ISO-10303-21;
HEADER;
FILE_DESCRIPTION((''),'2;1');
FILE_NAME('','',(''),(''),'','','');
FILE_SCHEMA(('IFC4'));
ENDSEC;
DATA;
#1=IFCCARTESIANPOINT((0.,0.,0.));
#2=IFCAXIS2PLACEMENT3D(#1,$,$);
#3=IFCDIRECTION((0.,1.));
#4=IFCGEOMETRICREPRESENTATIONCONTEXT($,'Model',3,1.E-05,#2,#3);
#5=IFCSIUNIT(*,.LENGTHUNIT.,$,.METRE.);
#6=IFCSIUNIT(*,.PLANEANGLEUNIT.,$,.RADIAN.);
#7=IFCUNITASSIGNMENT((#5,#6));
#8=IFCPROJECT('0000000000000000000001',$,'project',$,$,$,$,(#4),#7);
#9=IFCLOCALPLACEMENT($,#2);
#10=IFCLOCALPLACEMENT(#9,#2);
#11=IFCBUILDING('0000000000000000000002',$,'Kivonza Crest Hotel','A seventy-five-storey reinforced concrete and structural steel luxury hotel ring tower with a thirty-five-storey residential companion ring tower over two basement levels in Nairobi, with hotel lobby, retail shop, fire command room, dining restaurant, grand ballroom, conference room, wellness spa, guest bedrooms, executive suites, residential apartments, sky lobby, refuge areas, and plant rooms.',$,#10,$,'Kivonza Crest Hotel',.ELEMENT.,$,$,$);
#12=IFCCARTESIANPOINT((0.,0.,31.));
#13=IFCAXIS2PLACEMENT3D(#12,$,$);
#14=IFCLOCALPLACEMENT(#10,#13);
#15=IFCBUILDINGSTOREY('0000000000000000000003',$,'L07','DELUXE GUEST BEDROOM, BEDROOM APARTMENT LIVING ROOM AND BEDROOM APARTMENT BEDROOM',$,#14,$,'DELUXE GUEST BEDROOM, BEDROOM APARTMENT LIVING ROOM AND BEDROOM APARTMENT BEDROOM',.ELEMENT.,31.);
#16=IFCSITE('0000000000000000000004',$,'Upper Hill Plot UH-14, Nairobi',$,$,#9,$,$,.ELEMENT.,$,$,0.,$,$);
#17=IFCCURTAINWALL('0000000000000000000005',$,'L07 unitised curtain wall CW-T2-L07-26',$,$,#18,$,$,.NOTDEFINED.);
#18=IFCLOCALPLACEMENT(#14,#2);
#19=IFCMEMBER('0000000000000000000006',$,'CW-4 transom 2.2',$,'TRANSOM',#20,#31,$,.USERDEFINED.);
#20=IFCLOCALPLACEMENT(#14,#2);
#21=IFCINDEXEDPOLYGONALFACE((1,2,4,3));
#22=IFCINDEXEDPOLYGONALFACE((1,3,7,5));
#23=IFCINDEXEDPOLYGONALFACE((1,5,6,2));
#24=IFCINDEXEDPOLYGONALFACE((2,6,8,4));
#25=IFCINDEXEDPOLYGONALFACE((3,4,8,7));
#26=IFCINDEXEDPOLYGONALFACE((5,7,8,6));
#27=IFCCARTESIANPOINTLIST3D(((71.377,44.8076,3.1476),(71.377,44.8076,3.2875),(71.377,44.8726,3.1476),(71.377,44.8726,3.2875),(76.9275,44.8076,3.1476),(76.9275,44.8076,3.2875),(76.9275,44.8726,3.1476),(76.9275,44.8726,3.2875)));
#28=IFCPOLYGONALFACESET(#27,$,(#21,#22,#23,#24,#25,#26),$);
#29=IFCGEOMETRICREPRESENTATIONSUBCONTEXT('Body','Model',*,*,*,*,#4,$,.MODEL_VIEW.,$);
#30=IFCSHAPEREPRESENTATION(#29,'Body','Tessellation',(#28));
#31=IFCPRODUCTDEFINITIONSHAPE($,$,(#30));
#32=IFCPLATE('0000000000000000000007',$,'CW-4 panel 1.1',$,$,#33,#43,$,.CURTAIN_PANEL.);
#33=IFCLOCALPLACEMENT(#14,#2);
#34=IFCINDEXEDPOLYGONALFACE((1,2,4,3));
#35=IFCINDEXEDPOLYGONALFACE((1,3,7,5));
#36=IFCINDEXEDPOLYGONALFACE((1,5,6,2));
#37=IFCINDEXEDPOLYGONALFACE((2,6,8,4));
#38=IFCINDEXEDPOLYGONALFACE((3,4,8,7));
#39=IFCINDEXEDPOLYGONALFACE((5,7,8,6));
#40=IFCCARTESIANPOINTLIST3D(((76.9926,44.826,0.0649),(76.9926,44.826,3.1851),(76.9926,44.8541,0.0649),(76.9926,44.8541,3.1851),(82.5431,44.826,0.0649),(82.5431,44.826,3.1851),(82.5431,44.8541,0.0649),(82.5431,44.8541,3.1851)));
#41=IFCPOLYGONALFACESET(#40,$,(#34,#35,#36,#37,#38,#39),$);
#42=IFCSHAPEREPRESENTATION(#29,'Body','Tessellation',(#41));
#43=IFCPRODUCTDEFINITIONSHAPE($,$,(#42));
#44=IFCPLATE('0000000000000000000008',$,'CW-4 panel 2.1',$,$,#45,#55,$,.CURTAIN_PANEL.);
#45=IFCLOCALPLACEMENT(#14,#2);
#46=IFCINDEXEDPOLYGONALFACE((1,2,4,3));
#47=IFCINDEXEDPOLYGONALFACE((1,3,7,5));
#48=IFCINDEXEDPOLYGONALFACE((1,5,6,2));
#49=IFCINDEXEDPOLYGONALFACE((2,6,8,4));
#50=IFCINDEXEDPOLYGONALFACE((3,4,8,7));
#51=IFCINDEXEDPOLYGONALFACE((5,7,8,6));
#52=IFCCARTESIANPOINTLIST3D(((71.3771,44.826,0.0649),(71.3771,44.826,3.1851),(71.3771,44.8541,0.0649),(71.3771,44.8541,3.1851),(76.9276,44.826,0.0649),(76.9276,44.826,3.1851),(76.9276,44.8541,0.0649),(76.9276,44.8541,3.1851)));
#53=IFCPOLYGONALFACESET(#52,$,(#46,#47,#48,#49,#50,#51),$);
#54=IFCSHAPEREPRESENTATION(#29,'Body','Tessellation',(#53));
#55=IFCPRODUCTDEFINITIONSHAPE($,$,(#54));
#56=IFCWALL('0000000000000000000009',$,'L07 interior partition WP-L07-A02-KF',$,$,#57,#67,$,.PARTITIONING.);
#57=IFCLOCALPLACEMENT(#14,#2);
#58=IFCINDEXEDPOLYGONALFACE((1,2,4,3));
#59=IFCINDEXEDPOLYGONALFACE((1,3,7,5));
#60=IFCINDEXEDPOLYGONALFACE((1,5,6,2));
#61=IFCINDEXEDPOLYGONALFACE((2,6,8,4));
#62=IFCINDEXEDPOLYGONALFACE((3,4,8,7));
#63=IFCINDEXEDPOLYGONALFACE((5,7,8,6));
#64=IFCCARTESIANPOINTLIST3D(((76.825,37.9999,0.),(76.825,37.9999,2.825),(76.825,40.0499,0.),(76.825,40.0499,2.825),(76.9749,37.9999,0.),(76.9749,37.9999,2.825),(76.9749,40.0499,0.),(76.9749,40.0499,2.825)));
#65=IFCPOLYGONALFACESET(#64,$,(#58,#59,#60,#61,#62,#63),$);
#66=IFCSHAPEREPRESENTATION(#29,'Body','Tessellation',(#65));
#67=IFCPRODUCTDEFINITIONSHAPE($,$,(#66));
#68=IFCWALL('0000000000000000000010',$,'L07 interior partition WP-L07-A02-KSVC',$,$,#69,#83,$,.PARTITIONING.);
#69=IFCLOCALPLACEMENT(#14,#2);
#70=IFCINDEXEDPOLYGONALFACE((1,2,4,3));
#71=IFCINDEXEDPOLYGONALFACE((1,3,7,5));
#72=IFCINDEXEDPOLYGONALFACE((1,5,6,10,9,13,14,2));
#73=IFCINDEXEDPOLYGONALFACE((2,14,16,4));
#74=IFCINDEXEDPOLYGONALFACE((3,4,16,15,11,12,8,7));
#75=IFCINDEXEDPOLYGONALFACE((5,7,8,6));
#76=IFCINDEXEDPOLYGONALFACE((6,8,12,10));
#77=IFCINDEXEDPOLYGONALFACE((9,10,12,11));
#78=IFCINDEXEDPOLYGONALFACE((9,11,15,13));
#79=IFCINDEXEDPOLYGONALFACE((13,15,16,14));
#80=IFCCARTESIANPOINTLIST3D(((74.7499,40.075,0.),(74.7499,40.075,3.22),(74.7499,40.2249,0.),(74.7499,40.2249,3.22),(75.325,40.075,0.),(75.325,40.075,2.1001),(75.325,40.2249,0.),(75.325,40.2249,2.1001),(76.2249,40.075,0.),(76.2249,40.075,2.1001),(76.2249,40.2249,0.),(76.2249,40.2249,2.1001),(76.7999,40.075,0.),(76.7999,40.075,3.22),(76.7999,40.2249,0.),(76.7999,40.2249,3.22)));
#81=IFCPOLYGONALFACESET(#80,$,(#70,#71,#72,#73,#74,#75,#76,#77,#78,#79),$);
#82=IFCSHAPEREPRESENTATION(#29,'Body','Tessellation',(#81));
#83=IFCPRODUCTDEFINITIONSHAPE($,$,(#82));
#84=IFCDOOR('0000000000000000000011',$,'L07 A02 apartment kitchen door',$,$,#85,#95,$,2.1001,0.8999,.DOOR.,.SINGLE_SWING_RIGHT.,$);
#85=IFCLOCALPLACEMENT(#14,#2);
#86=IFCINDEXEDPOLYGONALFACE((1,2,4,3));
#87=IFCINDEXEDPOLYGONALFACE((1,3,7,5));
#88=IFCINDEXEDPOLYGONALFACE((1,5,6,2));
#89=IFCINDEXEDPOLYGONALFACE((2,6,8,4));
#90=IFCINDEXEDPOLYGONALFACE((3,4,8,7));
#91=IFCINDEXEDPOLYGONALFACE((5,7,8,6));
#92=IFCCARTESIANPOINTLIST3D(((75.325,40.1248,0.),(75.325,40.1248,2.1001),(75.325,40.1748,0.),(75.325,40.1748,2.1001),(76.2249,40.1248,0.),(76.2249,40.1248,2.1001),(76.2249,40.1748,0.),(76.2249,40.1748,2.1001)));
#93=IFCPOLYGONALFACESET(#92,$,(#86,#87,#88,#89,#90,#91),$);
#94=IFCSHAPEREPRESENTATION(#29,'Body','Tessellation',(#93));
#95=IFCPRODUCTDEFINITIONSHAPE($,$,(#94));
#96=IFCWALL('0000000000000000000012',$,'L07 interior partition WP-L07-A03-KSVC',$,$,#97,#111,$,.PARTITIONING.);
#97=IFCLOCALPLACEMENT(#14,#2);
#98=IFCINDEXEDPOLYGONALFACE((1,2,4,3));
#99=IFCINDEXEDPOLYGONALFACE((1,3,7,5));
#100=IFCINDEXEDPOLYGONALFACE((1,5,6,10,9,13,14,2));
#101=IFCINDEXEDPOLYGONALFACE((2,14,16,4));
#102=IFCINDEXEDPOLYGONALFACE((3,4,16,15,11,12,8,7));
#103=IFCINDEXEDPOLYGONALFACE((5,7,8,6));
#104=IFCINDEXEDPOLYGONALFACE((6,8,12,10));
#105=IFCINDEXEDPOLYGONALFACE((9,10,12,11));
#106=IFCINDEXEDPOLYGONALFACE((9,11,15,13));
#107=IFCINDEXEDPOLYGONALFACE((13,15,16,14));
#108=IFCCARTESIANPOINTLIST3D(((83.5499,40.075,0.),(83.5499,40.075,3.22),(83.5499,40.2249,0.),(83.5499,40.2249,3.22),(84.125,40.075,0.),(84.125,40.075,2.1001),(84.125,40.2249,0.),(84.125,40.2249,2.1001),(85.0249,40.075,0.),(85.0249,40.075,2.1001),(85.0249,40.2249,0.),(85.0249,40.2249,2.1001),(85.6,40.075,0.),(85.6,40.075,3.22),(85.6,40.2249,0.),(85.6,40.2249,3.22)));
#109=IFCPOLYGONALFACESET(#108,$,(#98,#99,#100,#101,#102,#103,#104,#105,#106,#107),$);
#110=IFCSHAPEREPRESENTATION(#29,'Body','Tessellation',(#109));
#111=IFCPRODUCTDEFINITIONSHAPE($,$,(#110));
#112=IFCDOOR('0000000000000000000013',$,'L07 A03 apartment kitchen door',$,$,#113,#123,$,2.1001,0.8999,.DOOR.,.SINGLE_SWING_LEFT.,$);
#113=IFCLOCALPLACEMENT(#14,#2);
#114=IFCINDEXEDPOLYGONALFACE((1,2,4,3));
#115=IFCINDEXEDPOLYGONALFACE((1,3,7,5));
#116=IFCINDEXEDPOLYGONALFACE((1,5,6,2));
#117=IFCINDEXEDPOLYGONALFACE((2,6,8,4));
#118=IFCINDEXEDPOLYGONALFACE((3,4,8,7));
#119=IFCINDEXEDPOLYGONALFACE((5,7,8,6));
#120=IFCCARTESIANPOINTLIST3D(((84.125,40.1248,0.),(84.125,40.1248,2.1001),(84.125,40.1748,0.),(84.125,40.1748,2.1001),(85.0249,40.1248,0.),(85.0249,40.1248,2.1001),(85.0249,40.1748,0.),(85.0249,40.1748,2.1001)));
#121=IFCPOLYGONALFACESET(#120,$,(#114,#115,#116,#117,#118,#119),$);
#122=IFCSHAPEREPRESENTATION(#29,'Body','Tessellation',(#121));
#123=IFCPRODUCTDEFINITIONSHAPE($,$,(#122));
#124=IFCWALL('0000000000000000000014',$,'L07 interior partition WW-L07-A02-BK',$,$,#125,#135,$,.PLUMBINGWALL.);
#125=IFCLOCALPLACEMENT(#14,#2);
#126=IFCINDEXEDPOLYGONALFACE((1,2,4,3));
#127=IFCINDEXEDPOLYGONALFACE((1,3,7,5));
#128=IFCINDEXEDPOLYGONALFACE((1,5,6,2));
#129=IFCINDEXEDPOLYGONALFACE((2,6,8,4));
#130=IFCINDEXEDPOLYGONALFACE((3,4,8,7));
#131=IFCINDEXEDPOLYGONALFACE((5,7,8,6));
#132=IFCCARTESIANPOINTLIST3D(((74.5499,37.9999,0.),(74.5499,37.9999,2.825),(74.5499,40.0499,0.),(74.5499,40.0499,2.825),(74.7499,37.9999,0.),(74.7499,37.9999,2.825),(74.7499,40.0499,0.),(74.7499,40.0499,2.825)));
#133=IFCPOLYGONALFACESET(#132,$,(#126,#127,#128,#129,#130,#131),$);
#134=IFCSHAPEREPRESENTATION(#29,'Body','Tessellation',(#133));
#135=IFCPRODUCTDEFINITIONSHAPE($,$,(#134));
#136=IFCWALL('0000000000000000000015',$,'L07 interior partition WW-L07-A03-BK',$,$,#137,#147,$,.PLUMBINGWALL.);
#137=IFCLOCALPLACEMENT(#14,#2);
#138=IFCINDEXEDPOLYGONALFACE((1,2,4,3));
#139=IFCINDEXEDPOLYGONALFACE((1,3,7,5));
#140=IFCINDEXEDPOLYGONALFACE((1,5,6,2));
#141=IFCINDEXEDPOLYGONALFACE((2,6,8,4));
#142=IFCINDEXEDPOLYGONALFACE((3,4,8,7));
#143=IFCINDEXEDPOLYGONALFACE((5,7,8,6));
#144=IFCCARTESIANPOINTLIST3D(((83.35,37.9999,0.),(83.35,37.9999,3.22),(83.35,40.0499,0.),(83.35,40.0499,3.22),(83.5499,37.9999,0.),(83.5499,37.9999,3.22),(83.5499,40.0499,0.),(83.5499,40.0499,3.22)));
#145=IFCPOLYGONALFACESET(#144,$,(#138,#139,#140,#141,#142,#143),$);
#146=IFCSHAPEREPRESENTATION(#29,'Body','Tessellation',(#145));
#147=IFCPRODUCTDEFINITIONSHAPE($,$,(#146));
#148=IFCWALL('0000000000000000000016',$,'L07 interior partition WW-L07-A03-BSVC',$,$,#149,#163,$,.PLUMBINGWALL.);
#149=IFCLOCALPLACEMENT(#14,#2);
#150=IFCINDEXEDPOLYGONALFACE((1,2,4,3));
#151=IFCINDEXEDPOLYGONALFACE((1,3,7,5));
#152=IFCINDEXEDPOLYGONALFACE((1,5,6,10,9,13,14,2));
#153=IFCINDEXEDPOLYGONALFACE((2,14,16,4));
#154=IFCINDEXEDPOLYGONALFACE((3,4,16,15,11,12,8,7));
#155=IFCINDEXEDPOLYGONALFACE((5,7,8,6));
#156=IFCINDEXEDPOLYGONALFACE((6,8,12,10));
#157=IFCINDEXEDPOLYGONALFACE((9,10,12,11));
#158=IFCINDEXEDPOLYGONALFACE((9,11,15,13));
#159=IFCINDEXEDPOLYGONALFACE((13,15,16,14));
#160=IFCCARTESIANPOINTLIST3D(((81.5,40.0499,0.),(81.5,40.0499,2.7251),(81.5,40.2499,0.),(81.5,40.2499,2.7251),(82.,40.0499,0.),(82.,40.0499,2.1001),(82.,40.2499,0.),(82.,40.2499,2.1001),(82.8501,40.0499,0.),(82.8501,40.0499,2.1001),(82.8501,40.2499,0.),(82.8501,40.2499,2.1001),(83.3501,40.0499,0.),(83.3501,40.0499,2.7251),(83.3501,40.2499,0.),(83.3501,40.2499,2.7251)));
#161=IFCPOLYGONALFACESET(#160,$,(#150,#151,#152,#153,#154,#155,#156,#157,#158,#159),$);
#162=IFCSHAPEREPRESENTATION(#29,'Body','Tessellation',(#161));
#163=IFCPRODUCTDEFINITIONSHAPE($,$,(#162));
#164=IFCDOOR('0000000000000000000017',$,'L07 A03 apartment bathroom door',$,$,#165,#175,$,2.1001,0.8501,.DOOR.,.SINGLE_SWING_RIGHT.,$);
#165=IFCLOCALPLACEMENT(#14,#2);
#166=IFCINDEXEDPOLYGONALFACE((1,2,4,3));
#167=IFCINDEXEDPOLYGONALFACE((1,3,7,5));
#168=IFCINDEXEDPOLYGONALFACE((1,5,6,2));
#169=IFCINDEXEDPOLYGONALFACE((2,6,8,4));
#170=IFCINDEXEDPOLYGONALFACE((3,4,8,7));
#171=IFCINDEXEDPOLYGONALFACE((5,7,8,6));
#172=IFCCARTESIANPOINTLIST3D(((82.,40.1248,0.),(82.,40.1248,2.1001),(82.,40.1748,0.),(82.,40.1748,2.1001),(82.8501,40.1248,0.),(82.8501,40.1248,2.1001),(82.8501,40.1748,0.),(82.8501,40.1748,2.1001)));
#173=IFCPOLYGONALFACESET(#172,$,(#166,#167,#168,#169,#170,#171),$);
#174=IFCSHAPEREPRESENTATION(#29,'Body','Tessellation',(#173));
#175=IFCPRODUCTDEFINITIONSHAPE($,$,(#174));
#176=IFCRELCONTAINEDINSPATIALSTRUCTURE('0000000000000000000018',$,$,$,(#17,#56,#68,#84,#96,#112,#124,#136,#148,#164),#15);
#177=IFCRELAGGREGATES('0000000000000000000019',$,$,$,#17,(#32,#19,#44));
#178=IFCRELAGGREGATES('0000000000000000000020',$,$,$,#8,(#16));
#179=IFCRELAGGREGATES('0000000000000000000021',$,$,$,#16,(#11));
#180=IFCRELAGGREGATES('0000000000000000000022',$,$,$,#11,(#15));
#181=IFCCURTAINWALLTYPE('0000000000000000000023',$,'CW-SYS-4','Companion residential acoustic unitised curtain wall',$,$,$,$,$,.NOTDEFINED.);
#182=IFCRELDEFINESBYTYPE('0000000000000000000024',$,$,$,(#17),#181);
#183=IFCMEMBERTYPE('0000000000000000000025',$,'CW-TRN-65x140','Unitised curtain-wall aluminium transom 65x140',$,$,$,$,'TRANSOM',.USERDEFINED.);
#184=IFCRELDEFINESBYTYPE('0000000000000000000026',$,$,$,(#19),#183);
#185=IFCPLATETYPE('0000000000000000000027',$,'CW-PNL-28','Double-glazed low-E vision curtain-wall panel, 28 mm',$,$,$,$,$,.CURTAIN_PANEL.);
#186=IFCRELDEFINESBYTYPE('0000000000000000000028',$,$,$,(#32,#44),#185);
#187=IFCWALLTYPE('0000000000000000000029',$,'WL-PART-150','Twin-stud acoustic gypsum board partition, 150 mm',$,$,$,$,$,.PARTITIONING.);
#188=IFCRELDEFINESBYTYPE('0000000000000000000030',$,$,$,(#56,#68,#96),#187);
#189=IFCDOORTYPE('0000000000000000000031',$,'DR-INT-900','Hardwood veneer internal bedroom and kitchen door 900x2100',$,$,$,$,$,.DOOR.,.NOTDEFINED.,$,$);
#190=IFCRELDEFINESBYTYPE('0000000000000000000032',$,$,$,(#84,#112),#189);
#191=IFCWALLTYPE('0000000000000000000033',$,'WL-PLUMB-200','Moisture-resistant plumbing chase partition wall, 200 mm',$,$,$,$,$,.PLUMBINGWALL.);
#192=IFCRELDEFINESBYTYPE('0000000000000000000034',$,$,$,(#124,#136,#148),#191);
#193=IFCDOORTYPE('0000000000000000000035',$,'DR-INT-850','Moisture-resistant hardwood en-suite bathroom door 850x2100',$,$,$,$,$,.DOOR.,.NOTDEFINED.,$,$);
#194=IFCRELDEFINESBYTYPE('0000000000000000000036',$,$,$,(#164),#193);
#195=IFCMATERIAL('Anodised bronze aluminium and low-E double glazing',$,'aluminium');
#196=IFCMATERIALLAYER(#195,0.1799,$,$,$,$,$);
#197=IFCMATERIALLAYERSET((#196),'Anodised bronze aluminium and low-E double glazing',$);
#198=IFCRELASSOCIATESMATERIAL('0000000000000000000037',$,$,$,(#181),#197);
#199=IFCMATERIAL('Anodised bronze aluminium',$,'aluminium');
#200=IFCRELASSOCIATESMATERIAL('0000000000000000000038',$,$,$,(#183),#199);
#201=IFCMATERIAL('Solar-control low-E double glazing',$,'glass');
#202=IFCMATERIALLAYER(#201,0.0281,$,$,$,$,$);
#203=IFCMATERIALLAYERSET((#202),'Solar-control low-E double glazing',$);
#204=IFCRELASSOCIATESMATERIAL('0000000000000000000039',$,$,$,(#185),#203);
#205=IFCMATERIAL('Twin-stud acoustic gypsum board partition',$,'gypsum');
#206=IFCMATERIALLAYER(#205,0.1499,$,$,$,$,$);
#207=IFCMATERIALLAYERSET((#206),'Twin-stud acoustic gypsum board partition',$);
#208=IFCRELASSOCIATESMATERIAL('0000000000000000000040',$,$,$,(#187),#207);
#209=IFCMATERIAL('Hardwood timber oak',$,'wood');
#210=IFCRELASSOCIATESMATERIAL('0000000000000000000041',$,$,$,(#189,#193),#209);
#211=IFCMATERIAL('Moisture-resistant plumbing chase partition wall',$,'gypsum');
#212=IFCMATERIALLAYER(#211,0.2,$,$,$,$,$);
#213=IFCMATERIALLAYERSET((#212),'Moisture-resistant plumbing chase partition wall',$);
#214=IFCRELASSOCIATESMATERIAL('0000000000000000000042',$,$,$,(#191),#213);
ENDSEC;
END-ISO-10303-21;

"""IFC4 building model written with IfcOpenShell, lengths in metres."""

from ifc_helpers import new_model, si_unit, direction, frame, frame_2d, origin, origin_2d, place, context, subcontext, project, spatial, rectangle, extrude, material, layer, layer_set, material_profile, profile_set, type_object, element, fill, aggregate, save


model = new_model("IFC4")

# Units and contexts
model_context = context("Model", 3, precision=1e-05, world=origin(), true_north=direction((0.0, 1.0)))
body_context = subcontext(model_context, "Body", "Model", "MODEL_VIEW")
ifc_project = project(units=[si_unit("LENGTHUNIT", "METRE"), si_unit("PLANEANGLEUNIT", "RADIAN")], contexts=[model_context])

# Site, building, storey
site_placement = place(None, origin())
site = spatial("IfcSite", under=ifc_project, at=site_placement, Name="Upper Hill Plot UH-14, Nairobi", CompositionType="ELEMENT", RefElevation=0.0)
building_placement = place(site_placement, origin())
building = spatial("IfcBuilding", under=site, at=building_placement, Name="Kivonza Crest Hotel", Description="A seventy-five-storey reinforced concrete and structural steel luxury hotel ring tower with a thirty-five-storey residential companion ring tower over two basement levels in Nairobi, with hotel lobby, retail shop, fire command room, dining restaurant, grand ballroom, conference room, wellness spa, guest bedrooms, executive suites, residential apartments, sky lobby, refuge areas, and plant rooms.", LongName="Kivonza Crest Hotel", CompositionType="ELEMENT")
storey_placement = place(building_placement, frame((0.0, 0.0, 31.0)))
storey = spatial("IfcBuildingStorey", under=building, at=storey_placement, Name="L07", Description="DELUXE GUEST BEDROOM, BEDROOM APARTMENT LIVING ROOM AND BEDROOM APARTMENT BEDROOM", LongName="DELUXE GUEST BEDROOM, BEDROOM APARTMENT LIVING ROOM AND BEDROOM APARTMENT BEDROOM", CompositionType="ELEMENT", Elevation=31.0)

# Curtain wall, member, plates
ifc_material_1 = material(Name="Anodised bronze aluminium and low-E double glazing", Category="aluminium")
ifc_layer_1 = layer(ifc_material_1, 0.1799)
ifc_layer_set_1 = layer_set([ifc_layer_1], Name="Anodised bronze aluminium and low-E double glazing")
curtain_wall_type = type_object("IfcCurtainWallType", Name="CW-SYS-4", Description="Companion residential acoustic unitised curtain wall", PredefinedType="NOTDEFINED", material=ifc_layer_set_1)
curtain_wall_placement = place(storey_placement, origin())
curtain_wall = element("IfcCurtainWall", 1, at=curtain_wall_placement, inside=storey, type_object=curtain_wall_type, Name="L07 unitised curtain wall CW-T2-L07-26", PredefinedType="NOTDEFINED")
ifc_material_2 = material(Name="Anodised bronze aluminium", Category="aluminium")
ifc_material_profile_1 = material_profile(ifc_material_2, rectangle(XDim=0.0649, YDim=0.1399, at=origin_2d()), Name="CW-T 65x140")
ifc_profile_set_1 = profile_set([ifc_material_profile_1], Name="Anodised bronze aluminium")
member_type_1 = type_object("IfcMemberType", Name="CW-TRN-65x140", Description="Unitised curtain-wall aluminium transom 65x140", ElementType="TRANSOM", PredefinedType="USERDEFINED", material=ifc_profile_set_1)
member_1_placement = place(storey_placement, frame((76.9275, 44.8401, 3.2175), z_axis=(-1.0, 0.0, 0.0), x_axis=(0.0, -1.0, 0.0)))
member_1 = element("IfcMember", 2, at=member_1_placement, type_object=member_type_1, Name="CW-4 transom 2.2", ObjectType="TRANSOM", PredefinedType="USERDEFINED", context=body_context, shape_type="SweptSolid", body=[
    extrude(rectangle(XDim=0.0649, YDim=0.1399, at=origin_2d()), origin(), (0.0, 0.0, 1.0), 5.5505),
])
ifc_material_3 = material(Name="Solar-control low-E double glazing", Category="glass")
ifc_layer_2 = layer(ifc_material_3, 0.0281)
ifc_layer_set_2 = layer_set([ifc_layer_2], Name="Solar-control low-E double glazing")
plate_type = type_object("IfcPlateType", Name="CW-PNL-28", Description="Double-glazed low-E vision curtain-wall panel, 28 mm", PredefinedType="CURTAIN_PANEL", material=ifc_layer_set_2)
plate_1_placement = place(storey_placement, frame((79.7678, 44.8401, 0.0649), z_axis=(0.0, 0.0, 1.0), x_axis=(-1.0, 0.0, 0.0)))
plate_1 = element("IfcPlate", 3, at=plate_1_placement, type_object=plate_type, Name="CW-4 panel 1.1", PredefinedType="CURTAIN_PANEL", context=body_context, shape_type="SweptSolid", body=[
    extrude(rectangle(XDim=5.5505, YDim=0.0281, at=origin_2d()), origin(), (0.0, 0.0, 1.0), 3.1201),
])
plate_2_placement = place(storey_placement, frame((74.1523, 44.8401, 0.0649), z_axis=(0.0, 0.0, 1.0), x_axis=(-1.0, 0.0, 0.0)))
plate_2 = element("IfcPlate", 4, at=plate_2_placement, type_object=plate_type, Name="CW-4 panel 2.1", PredefinedType="CURTAIN_PANEL", context=body_context, shape_type="SweptSolid", body=[
    extrude(rectangle(XDim=5.5505, YDim=0.0281, at=origin_2d()), origin(), (0.0, 0.0, 1.0), 3.1201),
])
aggregate(curtain_wall, [plate_1, member_1, plate_2])

# Wall
ifc_material_4 = material(Name="Twin-stud acoustic gypsum board partition", Category="gypsum")
ifc_layer_3 = layer(ifc_material_4, 0.1499)
ifc_layer_set_3 = layer_set([ifc_layer_3], Name="Twin-stud acoustic gypsum board partition")
wall_type_1 = type_object("IfcWallType", Name="WL-PART-150", Description="Twin-stud acoustic gypsum board partition, 150 mm", PredefinedType="PARTITIONING", material=ifc_layer_set_3)
wall_1_placement = place(storey_placement, frame((76.8999, 38.0, 0.0), z_axis=(0.0, 0.0, 1.0), x_axis=(0.0, 1.0, 0.0)))
element("IfcWall", 5, at=wall_1_placement, inside=storey, type_object=wall_type_1, Name="L07 interior partition WP-L07-A02-KF", PredefinedType="PARTITIONING", context=body_context, shape_type="SweptSolid", body=[
    extrude(rectangle(XDim=2.05, YDim=0.1499, at=frame_2d((1.0249, 0.0))), origin(), (0.0, 0.0, 1.0), 2.825),
])

# Walls, openings, doors
wall_2_placement = place(storey_placement, frame((74.75, 40.1499, 0.0), z_axis=(0.0, 0.0, 1.0), x_axis=(1.0, 0.0, 0.0)))
wall_2 = element("IfcWall", 6, at=wall_2_placement, inside=storey, type_object=wall_type_1, Name="L07 interior partition WP-L07-A02-KSVC", PredefinedType="PARTITIONING", context=body_context, shape_type="SweptSolid", body=[
    extrude(rectangle(XDim=2.05, YDim=0.1499, at=frame_2d((1.0249, 0.0))), origin(), (0.0, 0.0, 1.0), 3.22),
])
opening_1_placement = place(wall_2_placement, frame((0.575, 0.0, 0.0)))
opening_1 = element("IfcOpeningElement", 7, at=opening_1_placement, cuts=wall_2, PredefinedType="OPENING", context=body_context, shape_type="SweptSolid", body=[
    extrude(rectangle(XDim=0.8999, YDim=2.1001, at=frame_2d((0.45, 1.05))), frame((0.0, 0.085, 0.0), z_axis=(0.0, -1.0, 0.0), x_axis=(1.0, 0.0, 0.0)), (0.0, 0.0, 1.0), 0.1699),
])
ifc_material_5 = material(Name="Hardwood timber oak", Category="wood")
door_type_1 = type_object("IfcDoorType", Name="DR-INT-900", Description="Hardwood veneer internal bedroom and kitchen door 900x2100", OperationType="NOTDEFINED", PredefinedType="DOOR", material=ifc_material_5)
door_1_placement = place(opening_1_placement, origin())
door_1 = element("IfcDoor", 8, at=door_1_placement, inside=storey, type_object=door_type_1, Name="L07 A02 apartment kitchen door", OperationType="SINGLE_SWING_RIGHT", OverallHeight=2.1001, OverallWidth=0.8999, PredefinedType="DOOR", context=body_context, shape_type="SweptSolid", body=[
    extrude(rectangle(XDim=0.8999, YDim=2.1001, at=frame_2d((0.45, 1.05))), frame((0.0, 0.0249, 0.0), z_axis=(0.0, -1.0, 0.0), x_axis=(1.0, 0.0, 0.0)), (0.0, 0.0, 1.0), 0.05),
])
fill(opening_1, door_1)
wall_3_placement = place(storey_placement, frame((83.55, 40.1499, 0.0), z_axis=(0.0, 0.0, 1.0), x_axis=(1.0, 0.0, 0.0)))
wall_3 = element("IfcWall", 9, at=wall_3_placement, inside=storey, type_object=wall_type_1, Name="L07 interior partition WP-L07-A03-KSVC", PredefinedType="PARTITIONING", context=body_context, shape_type="SweptSolid", body=[
    extrude(rectangle(XDim=2.05, YDim=0.1499, at=frame_2d((1.0249, 0.0))), origin(), (0.0, 0.0, 1.0), 3.22),
])
opening_2_placement = place(wall_3_placement, frame((0.575, 0.0, 0.0)))
opening_2 = element("IfcOpeningElement", 10, at=opening_2_placement, cuts=wall_3, PredefinedType="OPENING", context=body_context, shape_type="SweptSolid", body=[
    extrude(rectangle(XDim=0.8999, YDim=2.1001, at=frame_2d((0.45, 1.05))), frame((0.0, 0.085, 0.0), z_axis=(0.0, -1.0, 0.0), x_axis=(1.0, 0.0, 0.0)), (0.0, 0.0, 1.0), 0.1699),
])
door_2_placement = place(opening_2_placement, origin())
door_2 = element("IfcDoor", 11, at=door_2_placement, inside=storey, type_object=door_type_1, Name="L07 A03 apartment kitchen door", OperationType="SINGLE_SWING_LEFT", OverallHeight=2.1001, OverallWidth=0.8999, PredefinedType="DOOR", context=body_context, shape_type="SweptSolid", body=[
    extrude(rectangle(XDim=0.8999, YDim=2.1001, at=frame_2d((0.45, 1.05))), frame((0.0, 0.0249, 0.0), z_axis=(0.0, -1.0, 0.0), x_axis=(1.0, 0.0, 0.0)), (0.0, 0.0, 1.0), 0.05),
])
fill(opening_2, door_2)

# Walls
ifc_material_6 = material(Name="Moisture-resistant plumbing chase partition wall", Category="gypsum")
ifc_layer_4 = layer(ifc_material_6, 0.2)
ifc_layer_set_4 = layer_set([ifc_layer_4], Name="Moisture-resistant plumbing chase partition wall")
wall_type_2 = type_object("IfcWallType", Name="WL-PLUMB-200", Description="Moisture-resistant plumbing chase partition wall, 200 mm", PredefinedType="PLUMBINGWALL", material=ifc_layer_set_4)
wall_4_placement = place(storey_placement, frame((74.6499, 38.0, 0.0), z_axis=(0.0, 0.0, 1.0), x_axis=(0.0, 1.0, 0.0)))
element("IfcWall", 12, at=wall_4_placement, inside=storey, type_object=wall_type_2, Name="L07 interior partition WW-L07-A02-BK", PredefinedType="PLUMBINGWALL", context=body_context, shape_type="SweptSolid", body=[
    extrude(rectangle(XDim=2.05, YDim=0.2, at=frame_2d((1.0249, 0.0))), origin(), (0.0, 0.0, 1.0), 2.825),
])
wall_5_placement = place(storey_placement, frame((83.45, 38.0, 0.0), z_axis=(0.0, 0.0, 1.0), x_axis=(0.0, 1.0, 0.0)))
element("IfcWall", 13, at=wall_5_placement, inside=storey, type_object=wall_type_2, Name="L07 interior partition WW-L07-A03-BK", PredefinedType="PLUMBINGWALL", context=body_context, shape_type="SweptSolid", body=[
    extrude(rectangle(XDim=2.05, YDim=0.2, at=frame_2d((1.0249, 0.0))), origin(), (0.0, 0.0, 1.0), 3.22),
])

# Wall, opening, door
wall_6_placement = place(storey_placement, frame((81.5, 40.1499, 0.0), z_axis=(0.0, 0.0, 1.0), x_axis=(1.0, 0.0, 0.0)))
wall_6 = element("IfcWall", 14, at=wall_6_placement, inside=storey, type_object=wall_type_2, Name="L07 interior partition WW-L07-A03-BSVC", PredefinedType="PLUMBINGWALL", context=body_context, shape_type="SweptSolid", body=[
    extrude(rectangle(XDim=1.8501, YDim=0.2, at=frame_2d((0.925, 0.0))), origin(), (0.0, 0.0, 1.0), 2.7251),
])
opening_3_placement = place(wall_6_placement, frame((0.5, 0.0, 0.0)))
opening_3 = element("IfcOpeningElement", 15, at=opening_3_placement, cuts=wall_6, PredefinedType="OPENING", context=body_context, shape_type="SweptSolid", body=[
    extrude(rectangle(XDim=0.8501, YDim=2.1001, at=frame_2d((0.425, 1.05))), frame((0.0, 0.1099, 0.0), z_axis=(0.0, -1.0, 0.0), x_axis=(1.0, 0.0, 0.0)), (0.0, 0.0, 1.0), 0.22),
])
door_type_2 = type_object("IfcDoorType", Name="DR-INT-850", Description="Moisture-resistant hardwood en-suite bathroom door 850x2100", OperationType="NOTDEFINED", PredefinedType="DOOR", material=ifc_material_5)
door_3_placement = place(opening_3_placement, origin())
door_3 = element("IfcDoor", 16, at=door_3_placement, inside=storey, type_object=door_type_2, Name="L07 A03 apartment bathroom door", OperationType="SINGLE_SWING_RIGHT", OverallHeight=2.1001, OverallWidth=0.8501, PredefinedType="DOOR", context=body_context, shape_type="SweptSolid", body=[
    extrude(rectangle(XDim=0.8501, YDim=2.1001, at=frame_2d((0.425, 1.05))), frame((0.0, 0.0249, 0.0), z_axis=(0.0, -1.0, 0.0), x_axis=(1.0, 0.0, 0.0)), (0.0, 0.0, 1.0), 0.05),
])
fill(opening_3, door_3)

save(model, "model.ifc")
